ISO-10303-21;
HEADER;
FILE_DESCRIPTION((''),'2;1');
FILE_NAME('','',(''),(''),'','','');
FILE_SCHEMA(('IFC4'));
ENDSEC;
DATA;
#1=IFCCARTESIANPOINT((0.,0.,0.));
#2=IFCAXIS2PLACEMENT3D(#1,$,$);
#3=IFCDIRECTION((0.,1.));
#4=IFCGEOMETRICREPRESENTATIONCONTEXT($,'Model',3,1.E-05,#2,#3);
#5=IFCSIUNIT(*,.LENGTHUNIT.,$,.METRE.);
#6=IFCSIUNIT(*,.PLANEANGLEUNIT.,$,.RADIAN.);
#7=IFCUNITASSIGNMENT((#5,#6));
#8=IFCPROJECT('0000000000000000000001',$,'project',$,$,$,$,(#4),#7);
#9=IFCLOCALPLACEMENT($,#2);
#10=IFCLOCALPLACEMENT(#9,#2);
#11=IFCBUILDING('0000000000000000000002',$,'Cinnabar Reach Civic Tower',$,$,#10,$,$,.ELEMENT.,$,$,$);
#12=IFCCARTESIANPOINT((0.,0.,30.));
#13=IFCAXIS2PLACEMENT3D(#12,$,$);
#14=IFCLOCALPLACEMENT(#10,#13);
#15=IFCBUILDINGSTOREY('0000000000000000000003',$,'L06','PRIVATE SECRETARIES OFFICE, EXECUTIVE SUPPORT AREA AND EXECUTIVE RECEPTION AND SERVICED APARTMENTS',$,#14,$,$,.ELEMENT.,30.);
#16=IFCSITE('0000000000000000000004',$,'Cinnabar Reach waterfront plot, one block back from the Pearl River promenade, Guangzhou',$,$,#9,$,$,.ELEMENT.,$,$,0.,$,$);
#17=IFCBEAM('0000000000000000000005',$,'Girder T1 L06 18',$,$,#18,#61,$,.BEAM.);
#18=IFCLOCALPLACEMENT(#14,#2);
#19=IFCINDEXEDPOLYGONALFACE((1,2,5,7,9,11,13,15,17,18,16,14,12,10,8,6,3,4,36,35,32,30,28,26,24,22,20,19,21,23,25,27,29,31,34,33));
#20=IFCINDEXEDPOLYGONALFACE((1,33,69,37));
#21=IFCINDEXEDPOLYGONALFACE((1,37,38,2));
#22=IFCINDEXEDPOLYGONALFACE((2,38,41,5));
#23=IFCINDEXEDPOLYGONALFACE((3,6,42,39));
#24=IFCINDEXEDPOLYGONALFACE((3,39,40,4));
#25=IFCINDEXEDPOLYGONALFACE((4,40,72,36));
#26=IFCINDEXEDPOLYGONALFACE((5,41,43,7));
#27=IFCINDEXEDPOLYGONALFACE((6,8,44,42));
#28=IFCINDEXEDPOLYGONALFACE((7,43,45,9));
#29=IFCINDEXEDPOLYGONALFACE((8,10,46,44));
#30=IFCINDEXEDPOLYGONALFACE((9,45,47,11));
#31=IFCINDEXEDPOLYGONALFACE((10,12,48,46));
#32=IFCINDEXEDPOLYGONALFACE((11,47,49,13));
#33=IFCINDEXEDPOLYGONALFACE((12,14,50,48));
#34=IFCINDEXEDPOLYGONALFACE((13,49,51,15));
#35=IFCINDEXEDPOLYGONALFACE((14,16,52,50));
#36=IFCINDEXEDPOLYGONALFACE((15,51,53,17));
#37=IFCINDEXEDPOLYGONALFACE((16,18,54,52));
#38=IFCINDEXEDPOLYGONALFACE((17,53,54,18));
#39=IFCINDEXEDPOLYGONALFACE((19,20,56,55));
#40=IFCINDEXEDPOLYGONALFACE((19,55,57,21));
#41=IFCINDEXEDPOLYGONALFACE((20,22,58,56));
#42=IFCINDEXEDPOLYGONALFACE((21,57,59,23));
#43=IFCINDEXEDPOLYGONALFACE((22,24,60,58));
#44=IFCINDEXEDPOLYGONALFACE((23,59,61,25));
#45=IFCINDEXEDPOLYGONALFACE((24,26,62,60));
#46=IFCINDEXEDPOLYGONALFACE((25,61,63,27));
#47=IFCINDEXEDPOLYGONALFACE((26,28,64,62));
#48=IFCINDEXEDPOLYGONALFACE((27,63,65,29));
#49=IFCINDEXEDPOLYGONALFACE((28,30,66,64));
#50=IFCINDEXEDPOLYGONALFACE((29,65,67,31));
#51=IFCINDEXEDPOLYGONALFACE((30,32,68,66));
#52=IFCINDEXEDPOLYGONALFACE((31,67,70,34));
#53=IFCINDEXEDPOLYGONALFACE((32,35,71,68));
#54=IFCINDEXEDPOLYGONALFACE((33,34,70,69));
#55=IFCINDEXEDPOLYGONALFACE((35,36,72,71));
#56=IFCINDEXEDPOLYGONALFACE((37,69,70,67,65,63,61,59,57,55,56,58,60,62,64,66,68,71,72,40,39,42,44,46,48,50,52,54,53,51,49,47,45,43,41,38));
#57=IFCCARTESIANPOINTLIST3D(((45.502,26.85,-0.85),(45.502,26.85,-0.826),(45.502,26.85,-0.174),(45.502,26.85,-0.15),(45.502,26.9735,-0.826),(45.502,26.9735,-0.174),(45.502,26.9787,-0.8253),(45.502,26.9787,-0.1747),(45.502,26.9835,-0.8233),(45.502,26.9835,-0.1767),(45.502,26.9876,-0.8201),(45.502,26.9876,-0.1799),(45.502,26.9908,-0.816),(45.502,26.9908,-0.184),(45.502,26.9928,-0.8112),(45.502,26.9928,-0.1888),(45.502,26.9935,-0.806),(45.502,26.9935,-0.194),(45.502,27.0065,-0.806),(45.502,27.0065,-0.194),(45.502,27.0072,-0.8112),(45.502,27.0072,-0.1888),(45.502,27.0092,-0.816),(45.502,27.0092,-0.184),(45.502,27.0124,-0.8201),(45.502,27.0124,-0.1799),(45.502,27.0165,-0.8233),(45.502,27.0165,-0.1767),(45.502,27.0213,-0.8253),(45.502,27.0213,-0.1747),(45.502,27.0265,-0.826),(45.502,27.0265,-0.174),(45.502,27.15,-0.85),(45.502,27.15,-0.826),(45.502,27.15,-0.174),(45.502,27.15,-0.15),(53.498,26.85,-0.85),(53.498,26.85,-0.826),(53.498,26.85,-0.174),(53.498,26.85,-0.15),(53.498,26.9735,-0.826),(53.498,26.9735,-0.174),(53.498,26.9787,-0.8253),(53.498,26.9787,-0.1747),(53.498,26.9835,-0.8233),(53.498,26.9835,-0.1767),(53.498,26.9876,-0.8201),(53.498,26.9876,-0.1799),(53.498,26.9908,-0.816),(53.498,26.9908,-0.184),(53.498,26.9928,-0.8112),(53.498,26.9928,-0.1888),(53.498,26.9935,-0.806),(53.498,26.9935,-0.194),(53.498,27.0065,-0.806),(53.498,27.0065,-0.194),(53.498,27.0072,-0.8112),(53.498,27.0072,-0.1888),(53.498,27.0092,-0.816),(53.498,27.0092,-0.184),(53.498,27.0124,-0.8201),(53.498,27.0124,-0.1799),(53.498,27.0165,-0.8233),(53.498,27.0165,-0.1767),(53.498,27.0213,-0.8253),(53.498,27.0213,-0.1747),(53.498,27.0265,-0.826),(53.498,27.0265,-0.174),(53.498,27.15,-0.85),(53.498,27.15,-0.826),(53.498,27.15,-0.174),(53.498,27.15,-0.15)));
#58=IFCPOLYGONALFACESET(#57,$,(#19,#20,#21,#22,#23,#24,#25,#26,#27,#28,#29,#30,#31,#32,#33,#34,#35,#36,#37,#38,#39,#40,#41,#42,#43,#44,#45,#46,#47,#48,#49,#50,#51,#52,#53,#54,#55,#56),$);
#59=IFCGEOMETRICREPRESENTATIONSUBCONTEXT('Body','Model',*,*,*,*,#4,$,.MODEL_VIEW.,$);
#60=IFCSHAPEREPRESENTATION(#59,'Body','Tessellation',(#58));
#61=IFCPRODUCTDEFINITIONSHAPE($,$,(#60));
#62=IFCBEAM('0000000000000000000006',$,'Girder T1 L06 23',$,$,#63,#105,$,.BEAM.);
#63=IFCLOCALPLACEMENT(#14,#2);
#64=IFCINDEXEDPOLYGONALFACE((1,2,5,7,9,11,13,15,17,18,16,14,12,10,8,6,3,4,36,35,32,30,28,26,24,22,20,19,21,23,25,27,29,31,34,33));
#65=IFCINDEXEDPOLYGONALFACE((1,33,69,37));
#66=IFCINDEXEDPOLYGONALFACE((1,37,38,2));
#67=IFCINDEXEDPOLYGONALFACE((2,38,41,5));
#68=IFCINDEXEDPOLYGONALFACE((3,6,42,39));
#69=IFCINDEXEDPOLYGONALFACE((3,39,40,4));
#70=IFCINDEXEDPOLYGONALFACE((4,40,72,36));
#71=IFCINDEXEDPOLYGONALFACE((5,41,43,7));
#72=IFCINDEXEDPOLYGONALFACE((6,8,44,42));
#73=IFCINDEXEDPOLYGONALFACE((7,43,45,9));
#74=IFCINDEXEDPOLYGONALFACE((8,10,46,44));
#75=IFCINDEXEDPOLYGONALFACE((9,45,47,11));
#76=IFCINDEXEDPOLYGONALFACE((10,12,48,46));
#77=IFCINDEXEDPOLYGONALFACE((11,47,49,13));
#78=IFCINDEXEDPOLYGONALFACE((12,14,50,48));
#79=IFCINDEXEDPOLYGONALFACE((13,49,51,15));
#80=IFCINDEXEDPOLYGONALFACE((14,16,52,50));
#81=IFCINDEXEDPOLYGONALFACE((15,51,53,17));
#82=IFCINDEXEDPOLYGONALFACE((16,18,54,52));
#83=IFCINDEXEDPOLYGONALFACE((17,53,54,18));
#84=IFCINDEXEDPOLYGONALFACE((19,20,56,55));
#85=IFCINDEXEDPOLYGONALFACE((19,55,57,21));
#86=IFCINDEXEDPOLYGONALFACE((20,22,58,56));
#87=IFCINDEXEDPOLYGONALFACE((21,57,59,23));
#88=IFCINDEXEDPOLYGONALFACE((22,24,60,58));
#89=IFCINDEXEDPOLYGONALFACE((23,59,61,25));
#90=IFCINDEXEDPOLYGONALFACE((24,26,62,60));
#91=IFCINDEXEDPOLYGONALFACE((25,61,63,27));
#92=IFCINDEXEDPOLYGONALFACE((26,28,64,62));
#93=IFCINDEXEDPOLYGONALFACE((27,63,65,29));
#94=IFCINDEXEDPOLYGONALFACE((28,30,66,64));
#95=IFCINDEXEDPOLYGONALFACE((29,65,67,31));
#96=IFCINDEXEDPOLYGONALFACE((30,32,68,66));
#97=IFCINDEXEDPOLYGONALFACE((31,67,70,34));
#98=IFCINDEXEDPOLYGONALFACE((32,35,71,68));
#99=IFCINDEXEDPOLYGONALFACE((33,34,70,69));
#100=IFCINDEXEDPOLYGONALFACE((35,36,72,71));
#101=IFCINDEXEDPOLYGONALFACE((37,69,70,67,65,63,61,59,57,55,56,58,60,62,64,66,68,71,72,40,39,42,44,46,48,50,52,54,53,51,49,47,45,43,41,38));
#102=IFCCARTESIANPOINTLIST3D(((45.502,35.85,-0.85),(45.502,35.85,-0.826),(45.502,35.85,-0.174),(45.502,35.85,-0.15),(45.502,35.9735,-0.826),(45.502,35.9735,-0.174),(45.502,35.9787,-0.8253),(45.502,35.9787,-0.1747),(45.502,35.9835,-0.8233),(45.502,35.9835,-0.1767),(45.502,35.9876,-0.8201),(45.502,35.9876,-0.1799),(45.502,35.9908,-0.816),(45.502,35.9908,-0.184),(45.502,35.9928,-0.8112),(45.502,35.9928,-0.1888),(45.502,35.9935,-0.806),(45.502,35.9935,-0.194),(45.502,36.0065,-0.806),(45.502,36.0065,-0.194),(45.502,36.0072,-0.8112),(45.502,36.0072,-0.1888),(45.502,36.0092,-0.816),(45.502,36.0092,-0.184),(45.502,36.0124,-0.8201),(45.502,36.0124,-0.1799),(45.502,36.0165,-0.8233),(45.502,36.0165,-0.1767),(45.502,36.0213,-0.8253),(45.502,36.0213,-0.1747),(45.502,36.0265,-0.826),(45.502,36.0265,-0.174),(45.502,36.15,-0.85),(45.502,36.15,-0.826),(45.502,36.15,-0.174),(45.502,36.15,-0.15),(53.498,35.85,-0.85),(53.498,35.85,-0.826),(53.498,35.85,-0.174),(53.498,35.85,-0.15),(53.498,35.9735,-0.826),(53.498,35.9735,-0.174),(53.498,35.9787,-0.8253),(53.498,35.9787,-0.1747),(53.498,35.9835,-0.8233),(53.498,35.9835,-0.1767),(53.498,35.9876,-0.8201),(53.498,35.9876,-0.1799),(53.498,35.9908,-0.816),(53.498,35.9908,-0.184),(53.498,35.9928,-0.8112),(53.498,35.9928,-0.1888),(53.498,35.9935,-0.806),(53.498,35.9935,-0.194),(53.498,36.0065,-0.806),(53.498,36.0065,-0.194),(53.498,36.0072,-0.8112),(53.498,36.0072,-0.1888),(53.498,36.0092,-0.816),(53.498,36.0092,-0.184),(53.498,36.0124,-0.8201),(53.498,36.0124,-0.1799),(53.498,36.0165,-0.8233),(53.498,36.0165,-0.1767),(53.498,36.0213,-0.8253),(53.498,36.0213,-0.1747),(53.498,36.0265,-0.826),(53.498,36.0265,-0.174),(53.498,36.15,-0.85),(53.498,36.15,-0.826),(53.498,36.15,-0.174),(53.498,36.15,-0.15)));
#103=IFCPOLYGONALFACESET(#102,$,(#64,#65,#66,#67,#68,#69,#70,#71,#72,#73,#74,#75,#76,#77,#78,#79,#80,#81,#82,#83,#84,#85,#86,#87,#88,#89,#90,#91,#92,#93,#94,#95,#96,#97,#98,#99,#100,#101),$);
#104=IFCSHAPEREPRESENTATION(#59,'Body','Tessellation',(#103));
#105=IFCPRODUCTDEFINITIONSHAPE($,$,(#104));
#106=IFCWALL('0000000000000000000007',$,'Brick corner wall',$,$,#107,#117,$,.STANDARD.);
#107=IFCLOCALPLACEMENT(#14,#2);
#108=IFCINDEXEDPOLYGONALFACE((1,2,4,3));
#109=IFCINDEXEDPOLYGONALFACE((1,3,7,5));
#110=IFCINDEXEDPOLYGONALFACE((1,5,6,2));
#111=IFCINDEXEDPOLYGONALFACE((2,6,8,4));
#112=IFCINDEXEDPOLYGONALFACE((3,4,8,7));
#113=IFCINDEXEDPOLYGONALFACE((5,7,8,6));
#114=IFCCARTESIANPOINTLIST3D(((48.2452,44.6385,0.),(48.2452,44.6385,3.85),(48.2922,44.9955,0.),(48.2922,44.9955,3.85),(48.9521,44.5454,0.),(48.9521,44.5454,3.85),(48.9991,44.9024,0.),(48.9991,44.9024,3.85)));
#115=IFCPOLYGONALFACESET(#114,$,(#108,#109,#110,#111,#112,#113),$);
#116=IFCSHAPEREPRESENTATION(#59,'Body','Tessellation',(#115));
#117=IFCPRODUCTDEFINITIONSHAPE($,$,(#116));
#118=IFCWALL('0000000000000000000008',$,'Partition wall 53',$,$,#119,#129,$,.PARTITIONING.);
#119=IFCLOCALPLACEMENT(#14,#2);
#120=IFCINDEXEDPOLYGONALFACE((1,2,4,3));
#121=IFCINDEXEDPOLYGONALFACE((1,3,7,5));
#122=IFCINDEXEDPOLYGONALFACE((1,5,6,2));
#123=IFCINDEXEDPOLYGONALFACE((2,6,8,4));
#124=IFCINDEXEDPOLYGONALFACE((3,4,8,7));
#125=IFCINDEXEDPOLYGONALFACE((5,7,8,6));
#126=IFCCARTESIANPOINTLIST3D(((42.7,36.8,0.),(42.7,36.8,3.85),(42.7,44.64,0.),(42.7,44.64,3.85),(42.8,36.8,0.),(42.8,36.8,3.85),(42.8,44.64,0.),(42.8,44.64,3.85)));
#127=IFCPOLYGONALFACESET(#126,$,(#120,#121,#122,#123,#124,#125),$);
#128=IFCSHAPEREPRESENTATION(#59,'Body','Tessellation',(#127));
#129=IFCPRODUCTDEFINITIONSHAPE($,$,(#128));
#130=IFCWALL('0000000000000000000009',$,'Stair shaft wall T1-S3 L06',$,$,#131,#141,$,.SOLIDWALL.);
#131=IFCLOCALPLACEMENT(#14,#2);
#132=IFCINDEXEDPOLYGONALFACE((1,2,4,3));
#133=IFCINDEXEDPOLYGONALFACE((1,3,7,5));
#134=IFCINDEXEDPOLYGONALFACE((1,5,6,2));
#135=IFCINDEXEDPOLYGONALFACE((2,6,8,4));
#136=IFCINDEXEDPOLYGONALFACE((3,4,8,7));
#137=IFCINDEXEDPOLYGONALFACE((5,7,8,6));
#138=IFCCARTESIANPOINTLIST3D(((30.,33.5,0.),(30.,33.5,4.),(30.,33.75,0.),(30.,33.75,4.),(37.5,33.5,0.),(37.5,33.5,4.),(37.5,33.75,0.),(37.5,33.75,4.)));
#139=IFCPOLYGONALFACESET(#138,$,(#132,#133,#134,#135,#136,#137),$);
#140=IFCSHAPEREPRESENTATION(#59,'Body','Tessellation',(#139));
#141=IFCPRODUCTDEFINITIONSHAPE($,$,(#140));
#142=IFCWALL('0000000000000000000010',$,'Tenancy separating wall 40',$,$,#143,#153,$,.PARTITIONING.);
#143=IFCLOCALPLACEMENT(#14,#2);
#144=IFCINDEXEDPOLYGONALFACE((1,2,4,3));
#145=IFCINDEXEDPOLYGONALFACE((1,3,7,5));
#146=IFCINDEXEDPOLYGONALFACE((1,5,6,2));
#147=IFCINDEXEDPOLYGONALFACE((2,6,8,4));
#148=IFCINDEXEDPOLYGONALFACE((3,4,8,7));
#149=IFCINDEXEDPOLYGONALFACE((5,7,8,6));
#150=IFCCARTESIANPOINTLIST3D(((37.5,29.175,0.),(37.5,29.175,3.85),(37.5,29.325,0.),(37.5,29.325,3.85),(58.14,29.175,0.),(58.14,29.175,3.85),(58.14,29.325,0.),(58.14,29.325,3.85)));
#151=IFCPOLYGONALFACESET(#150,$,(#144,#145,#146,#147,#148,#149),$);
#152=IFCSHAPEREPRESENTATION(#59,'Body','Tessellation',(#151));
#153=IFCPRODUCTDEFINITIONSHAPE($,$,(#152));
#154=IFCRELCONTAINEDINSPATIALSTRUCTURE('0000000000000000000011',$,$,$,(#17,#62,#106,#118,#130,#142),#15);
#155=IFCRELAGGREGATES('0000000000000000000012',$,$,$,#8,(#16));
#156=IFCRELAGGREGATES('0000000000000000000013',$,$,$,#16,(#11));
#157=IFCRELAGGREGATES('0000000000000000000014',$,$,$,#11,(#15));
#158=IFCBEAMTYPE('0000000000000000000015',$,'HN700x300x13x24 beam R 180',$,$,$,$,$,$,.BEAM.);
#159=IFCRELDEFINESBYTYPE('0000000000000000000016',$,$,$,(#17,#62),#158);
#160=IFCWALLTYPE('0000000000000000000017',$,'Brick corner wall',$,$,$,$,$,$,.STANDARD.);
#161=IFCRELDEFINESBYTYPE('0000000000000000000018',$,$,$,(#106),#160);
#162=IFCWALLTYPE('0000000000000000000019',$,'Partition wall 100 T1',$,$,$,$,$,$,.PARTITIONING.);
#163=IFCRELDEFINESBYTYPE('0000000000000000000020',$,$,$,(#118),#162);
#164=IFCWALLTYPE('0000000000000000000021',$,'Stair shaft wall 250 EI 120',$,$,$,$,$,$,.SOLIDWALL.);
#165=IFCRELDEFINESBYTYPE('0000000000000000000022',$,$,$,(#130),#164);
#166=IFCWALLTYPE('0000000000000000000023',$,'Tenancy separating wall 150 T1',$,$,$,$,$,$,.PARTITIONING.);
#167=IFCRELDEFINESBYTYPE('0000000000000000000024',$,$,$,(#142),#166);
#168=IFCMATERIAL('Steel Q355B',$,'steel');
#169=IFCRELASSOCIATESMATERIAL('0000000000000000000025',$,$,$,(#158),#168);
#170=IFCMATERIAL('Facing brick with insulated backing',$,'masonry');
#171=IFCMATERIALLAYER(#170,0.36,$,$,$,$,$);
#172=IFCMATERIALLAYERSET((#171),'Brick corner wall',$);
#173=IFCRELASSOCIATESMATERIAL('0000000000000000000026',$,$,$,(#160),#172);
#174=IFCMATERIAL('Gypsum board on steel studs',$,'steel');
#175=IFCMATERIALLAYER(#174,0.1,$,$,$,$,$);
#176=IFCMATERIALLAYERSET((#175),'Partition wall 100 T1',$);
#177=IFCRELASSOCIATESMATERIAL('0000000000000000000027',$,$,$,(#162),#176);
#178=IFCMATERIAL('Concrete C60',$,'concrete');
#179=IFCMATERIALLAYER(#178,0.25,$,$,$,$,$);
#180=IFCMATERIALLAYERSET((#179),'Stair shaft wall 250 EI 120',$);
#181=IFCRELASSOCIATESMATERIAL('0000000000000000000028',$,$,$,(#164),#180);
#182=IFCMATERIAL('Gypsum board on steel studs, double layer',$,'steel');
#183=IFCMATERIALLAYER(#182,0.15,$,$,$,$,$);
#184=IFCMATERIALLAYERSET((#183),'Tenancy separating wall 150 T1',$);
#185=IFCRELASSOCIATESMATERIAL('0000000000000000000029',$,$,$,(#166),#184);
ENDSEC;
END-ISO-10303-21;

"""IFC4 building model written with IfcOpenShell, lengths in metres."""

from ifc_helpers import new_model, si_unit, direction, frame, frame_2d, origin, origin_2d, place, context, subcontext, project, spatial, rectangle, i_section, extrude, material, layer, layer_set, material_profile, profile_set, type_object, element, save


model = new_model("IFC4")

# Units and contexts
model_context = context("Model", 3, precision=1e-05, world=origin(), true_north=direction((0.0, 1.0)))
body_context = subcontext(model_context, "Body", "Model", "MODEL_VIEW")
ifc_project = project(units=[si_unit("LENGTHUNIT", "METRE"), si_unit("PLANEANGLEUNIT", "RADIAN")], contexts=[model_context])

# Site, building, storey
site_placement = place(None, origin())
site = spatial("IfcSite", under=ifc_project, at=site_placement, Name="Cinnabar Reach waterfront plot, one block back from the Pearl River promenade, Guangzhou", CompositionType="ELEMENT", RefElevation=0.0)
building_placement = place(site_placement, origin())
building = spatial("IfcBuilding", under=site, at=building_placement, Name="Cinnabar Reach Civic Tower", CompositionType="ELEMENT")
storey_placement = place(building_placement, frame((0.0, 0.0, 30.0)))
storey = spatial("IfcBuildingStorey", under=building, at=storey_placement, Name="L06", Description="PRIVATE SECRETARIES OFFICE, EXECUTIVE SUPPORT AREA AND EXECUTIVE RECEPTION AND SERVICED APARTMENTS", CompositionType="ELEMENT", Elevation=30.0)

# Beams
ifc_material_1 = material(Name="Steel Q355B", Category="steel")
ifc_material_profile_1 = material_profile(ifc_material_1, i_section(OverallWidth=0.3, OverallDepth=0.7, WebThickness=0.013, FlangeThickness=0.024, FilletRadius=0.02, at=origin_2d()), Name="HN700x300x13x24")
ifc_profile_set_1 = profile_set([ifc_material_profile_1], Name="Steel Q355B")
beam_type_1 = type_object("IfcBeamType", Name="HN700x300x13x24 beam R 180", PredefinedType="BEAM", material=ifc_profile_set_1)
for number, where, z_axis, x_axis, name in (
    (1, (45.502, 27.0, -0.5), (1.0, 0.0, 0.0), (0.0, 1.0, 0.0), "Girder T1 L06 18"),
    (2, (45.502, 36.0, -0.5), (1.0, 0.0, 0.0), (0.0, 1.0, 0.0), "Girder T1 L06 23"),
):
    element("IfcBeam", number, at=place(storey_placement, frame(where, z_axis=z_axis, x_axis=x_axis)), inside=storey, type_object=beam_type_1, Name=name, PredefinedType="BEAM", context=body_context, shape_type="SweptSolid", body=[
        extrude(i_section(OverallWidth=0.3, OverallDepth=0.7, WebThickness=0.013, FlangeThickness=0.024, FilletRadius=0.02, at=origin_2d()), origin(), (0.0, 0.0, 1.0), 7.996),
    ])

# Wall
ifc_material_2 = material(Name="Facing brick with insulated backing", Category="masonry")
ifc_layer_1 = layer(ifc_material_2, 0.36)
ifc_layer_set_1 = layer_set([ifc_layer_1], Name="Brick corner wall")
wall_type_1 = type_object("IfcWallType", Name="Brick corner wall", PredefinedType="STANDARD", material=ifc_layer_set_1)
wall_1_placement = place(storey_placement, frame((48.9756, 44.7239, 0.0), z_axis=(0.0, 0.0, 1.0), x_axis=(-0.991441, 0.130556, 0.0)))
element("IfcWall", 3, at=wall_1_placement, inside=storey, type_object=wall_type_1, Name="Brick corner wall", PredefinedType="STANDARD", context=body_context, shape_type="SweptSolid", body=[
    extrude(rectangle(XDim=0.7131, YDim=0.36, at=frame_2d((0.3565, 0.0))), origin(), (0.0, 0.0, 1.0), 3.85),
])

# Walls
ifc_material_3 = material(Name="Gypsum board on steel studs", Category="steel")
ifc_layer_2 = layer(ifc_material_3, 0.1)
ifc_layer_set_2 = layer_set([ifc_layer_2], Name="Partition wall 100 T1")
wall_type_2 = type_object("IfcWallType", Name="Partition wall 100 T1", PredefinedType="PARTITIONING", material=ifc_layer_set_2)
wall_2_placement = place(storey_placement, frame((42.75, 36.8, 0.0), z_axis=(0.0, 0.0, 1.0), x_axis=(0.0, 1.0, 0.0)))
element("IfcWall", 4, at=wall_2_placement, inside=storey, type_object=wall_type_2, Name="Partition wall 53", PredefinedType="PARTITIONING", context=body_context, shape_type="SweptSolid", body=[
    extrude(rectangle(XDim=7.84, YDim=0.1, at=frame_2d((3.92, 0.0))), origin(), (0.0, 0.0, 1.0), 3.85),
])
ifc_material_4 = material(Name="Concrete C60", Category="concrete")
ifc_layer_3 = layer(ifc_material_4, 0.25)
ifc_layer_set_3 = layer_set([ifc_layer_3], Name="Stair shaft wall 250 EI 120")
wall_type_3 = type_object("IfcWallType", Name="Stair shaft wall 250 EI 120", PredefinedType="SOLIDWALL", material=ifc_layer_set_3)
wall_3_placement = place(storey_placement, frame((37.5, 33.625, 0.0), z_axis=(0.0, 0.0, 1.0), x_axis=(-1.0, 0.0, 0.0)))
element("IfcWall", 5, at=wall_3_placement, inside=storey, type_object=wall_type_3, Name="Stair shaft wall T1-S3 L06", PredefinedType="SOLIDWALL", context=body_context, shape_type="SweptSolid", body=[
    extrude(rectangle(XDim=7.5, YDim=0.25, at=frame_2d((3.75, 0.0))), origin(), (0.0, 0.0, 1.0), 4.0),
])
ifc_material_5 = material(Name="Gypsum board on steel studs, double layer", Category="steel")
ifc_layer_4 = layer(ifc_material_5, 0.15)
ifc_layer_set_4 = layer_set([ifc_layer_4], Name="Tenancy separating wall 150 T1")
wall_type_4 = type_object("IfcWallType", Name="Tenancy separating wall 150 T1", PredefinedType="PARTITIONING", material=ifc_layer_set_4)
wall_4_placement = place(storey_placement, frame((37.5, 29.25, 0.0), z_axis=(0.0, 0.0, 1.0), x_axis=(1.0, 0.0, 0.0)))
element("IfcWall", 6, at=wall_4_placement, inside=storey, type_object=wall_type_4, Name="Tenancy separating wall 40", PredefinedType="PARTITIONING", context=body_context, shape_type="SweptSolid", body=[
    extrude(rectangle(XDim=20.64, YDim=0.15, at=frame_2d((10.32, 0.0))), origin(), (0.0, 0.0, 1.0), 3.85),
])

save(model, "model.ifc")
